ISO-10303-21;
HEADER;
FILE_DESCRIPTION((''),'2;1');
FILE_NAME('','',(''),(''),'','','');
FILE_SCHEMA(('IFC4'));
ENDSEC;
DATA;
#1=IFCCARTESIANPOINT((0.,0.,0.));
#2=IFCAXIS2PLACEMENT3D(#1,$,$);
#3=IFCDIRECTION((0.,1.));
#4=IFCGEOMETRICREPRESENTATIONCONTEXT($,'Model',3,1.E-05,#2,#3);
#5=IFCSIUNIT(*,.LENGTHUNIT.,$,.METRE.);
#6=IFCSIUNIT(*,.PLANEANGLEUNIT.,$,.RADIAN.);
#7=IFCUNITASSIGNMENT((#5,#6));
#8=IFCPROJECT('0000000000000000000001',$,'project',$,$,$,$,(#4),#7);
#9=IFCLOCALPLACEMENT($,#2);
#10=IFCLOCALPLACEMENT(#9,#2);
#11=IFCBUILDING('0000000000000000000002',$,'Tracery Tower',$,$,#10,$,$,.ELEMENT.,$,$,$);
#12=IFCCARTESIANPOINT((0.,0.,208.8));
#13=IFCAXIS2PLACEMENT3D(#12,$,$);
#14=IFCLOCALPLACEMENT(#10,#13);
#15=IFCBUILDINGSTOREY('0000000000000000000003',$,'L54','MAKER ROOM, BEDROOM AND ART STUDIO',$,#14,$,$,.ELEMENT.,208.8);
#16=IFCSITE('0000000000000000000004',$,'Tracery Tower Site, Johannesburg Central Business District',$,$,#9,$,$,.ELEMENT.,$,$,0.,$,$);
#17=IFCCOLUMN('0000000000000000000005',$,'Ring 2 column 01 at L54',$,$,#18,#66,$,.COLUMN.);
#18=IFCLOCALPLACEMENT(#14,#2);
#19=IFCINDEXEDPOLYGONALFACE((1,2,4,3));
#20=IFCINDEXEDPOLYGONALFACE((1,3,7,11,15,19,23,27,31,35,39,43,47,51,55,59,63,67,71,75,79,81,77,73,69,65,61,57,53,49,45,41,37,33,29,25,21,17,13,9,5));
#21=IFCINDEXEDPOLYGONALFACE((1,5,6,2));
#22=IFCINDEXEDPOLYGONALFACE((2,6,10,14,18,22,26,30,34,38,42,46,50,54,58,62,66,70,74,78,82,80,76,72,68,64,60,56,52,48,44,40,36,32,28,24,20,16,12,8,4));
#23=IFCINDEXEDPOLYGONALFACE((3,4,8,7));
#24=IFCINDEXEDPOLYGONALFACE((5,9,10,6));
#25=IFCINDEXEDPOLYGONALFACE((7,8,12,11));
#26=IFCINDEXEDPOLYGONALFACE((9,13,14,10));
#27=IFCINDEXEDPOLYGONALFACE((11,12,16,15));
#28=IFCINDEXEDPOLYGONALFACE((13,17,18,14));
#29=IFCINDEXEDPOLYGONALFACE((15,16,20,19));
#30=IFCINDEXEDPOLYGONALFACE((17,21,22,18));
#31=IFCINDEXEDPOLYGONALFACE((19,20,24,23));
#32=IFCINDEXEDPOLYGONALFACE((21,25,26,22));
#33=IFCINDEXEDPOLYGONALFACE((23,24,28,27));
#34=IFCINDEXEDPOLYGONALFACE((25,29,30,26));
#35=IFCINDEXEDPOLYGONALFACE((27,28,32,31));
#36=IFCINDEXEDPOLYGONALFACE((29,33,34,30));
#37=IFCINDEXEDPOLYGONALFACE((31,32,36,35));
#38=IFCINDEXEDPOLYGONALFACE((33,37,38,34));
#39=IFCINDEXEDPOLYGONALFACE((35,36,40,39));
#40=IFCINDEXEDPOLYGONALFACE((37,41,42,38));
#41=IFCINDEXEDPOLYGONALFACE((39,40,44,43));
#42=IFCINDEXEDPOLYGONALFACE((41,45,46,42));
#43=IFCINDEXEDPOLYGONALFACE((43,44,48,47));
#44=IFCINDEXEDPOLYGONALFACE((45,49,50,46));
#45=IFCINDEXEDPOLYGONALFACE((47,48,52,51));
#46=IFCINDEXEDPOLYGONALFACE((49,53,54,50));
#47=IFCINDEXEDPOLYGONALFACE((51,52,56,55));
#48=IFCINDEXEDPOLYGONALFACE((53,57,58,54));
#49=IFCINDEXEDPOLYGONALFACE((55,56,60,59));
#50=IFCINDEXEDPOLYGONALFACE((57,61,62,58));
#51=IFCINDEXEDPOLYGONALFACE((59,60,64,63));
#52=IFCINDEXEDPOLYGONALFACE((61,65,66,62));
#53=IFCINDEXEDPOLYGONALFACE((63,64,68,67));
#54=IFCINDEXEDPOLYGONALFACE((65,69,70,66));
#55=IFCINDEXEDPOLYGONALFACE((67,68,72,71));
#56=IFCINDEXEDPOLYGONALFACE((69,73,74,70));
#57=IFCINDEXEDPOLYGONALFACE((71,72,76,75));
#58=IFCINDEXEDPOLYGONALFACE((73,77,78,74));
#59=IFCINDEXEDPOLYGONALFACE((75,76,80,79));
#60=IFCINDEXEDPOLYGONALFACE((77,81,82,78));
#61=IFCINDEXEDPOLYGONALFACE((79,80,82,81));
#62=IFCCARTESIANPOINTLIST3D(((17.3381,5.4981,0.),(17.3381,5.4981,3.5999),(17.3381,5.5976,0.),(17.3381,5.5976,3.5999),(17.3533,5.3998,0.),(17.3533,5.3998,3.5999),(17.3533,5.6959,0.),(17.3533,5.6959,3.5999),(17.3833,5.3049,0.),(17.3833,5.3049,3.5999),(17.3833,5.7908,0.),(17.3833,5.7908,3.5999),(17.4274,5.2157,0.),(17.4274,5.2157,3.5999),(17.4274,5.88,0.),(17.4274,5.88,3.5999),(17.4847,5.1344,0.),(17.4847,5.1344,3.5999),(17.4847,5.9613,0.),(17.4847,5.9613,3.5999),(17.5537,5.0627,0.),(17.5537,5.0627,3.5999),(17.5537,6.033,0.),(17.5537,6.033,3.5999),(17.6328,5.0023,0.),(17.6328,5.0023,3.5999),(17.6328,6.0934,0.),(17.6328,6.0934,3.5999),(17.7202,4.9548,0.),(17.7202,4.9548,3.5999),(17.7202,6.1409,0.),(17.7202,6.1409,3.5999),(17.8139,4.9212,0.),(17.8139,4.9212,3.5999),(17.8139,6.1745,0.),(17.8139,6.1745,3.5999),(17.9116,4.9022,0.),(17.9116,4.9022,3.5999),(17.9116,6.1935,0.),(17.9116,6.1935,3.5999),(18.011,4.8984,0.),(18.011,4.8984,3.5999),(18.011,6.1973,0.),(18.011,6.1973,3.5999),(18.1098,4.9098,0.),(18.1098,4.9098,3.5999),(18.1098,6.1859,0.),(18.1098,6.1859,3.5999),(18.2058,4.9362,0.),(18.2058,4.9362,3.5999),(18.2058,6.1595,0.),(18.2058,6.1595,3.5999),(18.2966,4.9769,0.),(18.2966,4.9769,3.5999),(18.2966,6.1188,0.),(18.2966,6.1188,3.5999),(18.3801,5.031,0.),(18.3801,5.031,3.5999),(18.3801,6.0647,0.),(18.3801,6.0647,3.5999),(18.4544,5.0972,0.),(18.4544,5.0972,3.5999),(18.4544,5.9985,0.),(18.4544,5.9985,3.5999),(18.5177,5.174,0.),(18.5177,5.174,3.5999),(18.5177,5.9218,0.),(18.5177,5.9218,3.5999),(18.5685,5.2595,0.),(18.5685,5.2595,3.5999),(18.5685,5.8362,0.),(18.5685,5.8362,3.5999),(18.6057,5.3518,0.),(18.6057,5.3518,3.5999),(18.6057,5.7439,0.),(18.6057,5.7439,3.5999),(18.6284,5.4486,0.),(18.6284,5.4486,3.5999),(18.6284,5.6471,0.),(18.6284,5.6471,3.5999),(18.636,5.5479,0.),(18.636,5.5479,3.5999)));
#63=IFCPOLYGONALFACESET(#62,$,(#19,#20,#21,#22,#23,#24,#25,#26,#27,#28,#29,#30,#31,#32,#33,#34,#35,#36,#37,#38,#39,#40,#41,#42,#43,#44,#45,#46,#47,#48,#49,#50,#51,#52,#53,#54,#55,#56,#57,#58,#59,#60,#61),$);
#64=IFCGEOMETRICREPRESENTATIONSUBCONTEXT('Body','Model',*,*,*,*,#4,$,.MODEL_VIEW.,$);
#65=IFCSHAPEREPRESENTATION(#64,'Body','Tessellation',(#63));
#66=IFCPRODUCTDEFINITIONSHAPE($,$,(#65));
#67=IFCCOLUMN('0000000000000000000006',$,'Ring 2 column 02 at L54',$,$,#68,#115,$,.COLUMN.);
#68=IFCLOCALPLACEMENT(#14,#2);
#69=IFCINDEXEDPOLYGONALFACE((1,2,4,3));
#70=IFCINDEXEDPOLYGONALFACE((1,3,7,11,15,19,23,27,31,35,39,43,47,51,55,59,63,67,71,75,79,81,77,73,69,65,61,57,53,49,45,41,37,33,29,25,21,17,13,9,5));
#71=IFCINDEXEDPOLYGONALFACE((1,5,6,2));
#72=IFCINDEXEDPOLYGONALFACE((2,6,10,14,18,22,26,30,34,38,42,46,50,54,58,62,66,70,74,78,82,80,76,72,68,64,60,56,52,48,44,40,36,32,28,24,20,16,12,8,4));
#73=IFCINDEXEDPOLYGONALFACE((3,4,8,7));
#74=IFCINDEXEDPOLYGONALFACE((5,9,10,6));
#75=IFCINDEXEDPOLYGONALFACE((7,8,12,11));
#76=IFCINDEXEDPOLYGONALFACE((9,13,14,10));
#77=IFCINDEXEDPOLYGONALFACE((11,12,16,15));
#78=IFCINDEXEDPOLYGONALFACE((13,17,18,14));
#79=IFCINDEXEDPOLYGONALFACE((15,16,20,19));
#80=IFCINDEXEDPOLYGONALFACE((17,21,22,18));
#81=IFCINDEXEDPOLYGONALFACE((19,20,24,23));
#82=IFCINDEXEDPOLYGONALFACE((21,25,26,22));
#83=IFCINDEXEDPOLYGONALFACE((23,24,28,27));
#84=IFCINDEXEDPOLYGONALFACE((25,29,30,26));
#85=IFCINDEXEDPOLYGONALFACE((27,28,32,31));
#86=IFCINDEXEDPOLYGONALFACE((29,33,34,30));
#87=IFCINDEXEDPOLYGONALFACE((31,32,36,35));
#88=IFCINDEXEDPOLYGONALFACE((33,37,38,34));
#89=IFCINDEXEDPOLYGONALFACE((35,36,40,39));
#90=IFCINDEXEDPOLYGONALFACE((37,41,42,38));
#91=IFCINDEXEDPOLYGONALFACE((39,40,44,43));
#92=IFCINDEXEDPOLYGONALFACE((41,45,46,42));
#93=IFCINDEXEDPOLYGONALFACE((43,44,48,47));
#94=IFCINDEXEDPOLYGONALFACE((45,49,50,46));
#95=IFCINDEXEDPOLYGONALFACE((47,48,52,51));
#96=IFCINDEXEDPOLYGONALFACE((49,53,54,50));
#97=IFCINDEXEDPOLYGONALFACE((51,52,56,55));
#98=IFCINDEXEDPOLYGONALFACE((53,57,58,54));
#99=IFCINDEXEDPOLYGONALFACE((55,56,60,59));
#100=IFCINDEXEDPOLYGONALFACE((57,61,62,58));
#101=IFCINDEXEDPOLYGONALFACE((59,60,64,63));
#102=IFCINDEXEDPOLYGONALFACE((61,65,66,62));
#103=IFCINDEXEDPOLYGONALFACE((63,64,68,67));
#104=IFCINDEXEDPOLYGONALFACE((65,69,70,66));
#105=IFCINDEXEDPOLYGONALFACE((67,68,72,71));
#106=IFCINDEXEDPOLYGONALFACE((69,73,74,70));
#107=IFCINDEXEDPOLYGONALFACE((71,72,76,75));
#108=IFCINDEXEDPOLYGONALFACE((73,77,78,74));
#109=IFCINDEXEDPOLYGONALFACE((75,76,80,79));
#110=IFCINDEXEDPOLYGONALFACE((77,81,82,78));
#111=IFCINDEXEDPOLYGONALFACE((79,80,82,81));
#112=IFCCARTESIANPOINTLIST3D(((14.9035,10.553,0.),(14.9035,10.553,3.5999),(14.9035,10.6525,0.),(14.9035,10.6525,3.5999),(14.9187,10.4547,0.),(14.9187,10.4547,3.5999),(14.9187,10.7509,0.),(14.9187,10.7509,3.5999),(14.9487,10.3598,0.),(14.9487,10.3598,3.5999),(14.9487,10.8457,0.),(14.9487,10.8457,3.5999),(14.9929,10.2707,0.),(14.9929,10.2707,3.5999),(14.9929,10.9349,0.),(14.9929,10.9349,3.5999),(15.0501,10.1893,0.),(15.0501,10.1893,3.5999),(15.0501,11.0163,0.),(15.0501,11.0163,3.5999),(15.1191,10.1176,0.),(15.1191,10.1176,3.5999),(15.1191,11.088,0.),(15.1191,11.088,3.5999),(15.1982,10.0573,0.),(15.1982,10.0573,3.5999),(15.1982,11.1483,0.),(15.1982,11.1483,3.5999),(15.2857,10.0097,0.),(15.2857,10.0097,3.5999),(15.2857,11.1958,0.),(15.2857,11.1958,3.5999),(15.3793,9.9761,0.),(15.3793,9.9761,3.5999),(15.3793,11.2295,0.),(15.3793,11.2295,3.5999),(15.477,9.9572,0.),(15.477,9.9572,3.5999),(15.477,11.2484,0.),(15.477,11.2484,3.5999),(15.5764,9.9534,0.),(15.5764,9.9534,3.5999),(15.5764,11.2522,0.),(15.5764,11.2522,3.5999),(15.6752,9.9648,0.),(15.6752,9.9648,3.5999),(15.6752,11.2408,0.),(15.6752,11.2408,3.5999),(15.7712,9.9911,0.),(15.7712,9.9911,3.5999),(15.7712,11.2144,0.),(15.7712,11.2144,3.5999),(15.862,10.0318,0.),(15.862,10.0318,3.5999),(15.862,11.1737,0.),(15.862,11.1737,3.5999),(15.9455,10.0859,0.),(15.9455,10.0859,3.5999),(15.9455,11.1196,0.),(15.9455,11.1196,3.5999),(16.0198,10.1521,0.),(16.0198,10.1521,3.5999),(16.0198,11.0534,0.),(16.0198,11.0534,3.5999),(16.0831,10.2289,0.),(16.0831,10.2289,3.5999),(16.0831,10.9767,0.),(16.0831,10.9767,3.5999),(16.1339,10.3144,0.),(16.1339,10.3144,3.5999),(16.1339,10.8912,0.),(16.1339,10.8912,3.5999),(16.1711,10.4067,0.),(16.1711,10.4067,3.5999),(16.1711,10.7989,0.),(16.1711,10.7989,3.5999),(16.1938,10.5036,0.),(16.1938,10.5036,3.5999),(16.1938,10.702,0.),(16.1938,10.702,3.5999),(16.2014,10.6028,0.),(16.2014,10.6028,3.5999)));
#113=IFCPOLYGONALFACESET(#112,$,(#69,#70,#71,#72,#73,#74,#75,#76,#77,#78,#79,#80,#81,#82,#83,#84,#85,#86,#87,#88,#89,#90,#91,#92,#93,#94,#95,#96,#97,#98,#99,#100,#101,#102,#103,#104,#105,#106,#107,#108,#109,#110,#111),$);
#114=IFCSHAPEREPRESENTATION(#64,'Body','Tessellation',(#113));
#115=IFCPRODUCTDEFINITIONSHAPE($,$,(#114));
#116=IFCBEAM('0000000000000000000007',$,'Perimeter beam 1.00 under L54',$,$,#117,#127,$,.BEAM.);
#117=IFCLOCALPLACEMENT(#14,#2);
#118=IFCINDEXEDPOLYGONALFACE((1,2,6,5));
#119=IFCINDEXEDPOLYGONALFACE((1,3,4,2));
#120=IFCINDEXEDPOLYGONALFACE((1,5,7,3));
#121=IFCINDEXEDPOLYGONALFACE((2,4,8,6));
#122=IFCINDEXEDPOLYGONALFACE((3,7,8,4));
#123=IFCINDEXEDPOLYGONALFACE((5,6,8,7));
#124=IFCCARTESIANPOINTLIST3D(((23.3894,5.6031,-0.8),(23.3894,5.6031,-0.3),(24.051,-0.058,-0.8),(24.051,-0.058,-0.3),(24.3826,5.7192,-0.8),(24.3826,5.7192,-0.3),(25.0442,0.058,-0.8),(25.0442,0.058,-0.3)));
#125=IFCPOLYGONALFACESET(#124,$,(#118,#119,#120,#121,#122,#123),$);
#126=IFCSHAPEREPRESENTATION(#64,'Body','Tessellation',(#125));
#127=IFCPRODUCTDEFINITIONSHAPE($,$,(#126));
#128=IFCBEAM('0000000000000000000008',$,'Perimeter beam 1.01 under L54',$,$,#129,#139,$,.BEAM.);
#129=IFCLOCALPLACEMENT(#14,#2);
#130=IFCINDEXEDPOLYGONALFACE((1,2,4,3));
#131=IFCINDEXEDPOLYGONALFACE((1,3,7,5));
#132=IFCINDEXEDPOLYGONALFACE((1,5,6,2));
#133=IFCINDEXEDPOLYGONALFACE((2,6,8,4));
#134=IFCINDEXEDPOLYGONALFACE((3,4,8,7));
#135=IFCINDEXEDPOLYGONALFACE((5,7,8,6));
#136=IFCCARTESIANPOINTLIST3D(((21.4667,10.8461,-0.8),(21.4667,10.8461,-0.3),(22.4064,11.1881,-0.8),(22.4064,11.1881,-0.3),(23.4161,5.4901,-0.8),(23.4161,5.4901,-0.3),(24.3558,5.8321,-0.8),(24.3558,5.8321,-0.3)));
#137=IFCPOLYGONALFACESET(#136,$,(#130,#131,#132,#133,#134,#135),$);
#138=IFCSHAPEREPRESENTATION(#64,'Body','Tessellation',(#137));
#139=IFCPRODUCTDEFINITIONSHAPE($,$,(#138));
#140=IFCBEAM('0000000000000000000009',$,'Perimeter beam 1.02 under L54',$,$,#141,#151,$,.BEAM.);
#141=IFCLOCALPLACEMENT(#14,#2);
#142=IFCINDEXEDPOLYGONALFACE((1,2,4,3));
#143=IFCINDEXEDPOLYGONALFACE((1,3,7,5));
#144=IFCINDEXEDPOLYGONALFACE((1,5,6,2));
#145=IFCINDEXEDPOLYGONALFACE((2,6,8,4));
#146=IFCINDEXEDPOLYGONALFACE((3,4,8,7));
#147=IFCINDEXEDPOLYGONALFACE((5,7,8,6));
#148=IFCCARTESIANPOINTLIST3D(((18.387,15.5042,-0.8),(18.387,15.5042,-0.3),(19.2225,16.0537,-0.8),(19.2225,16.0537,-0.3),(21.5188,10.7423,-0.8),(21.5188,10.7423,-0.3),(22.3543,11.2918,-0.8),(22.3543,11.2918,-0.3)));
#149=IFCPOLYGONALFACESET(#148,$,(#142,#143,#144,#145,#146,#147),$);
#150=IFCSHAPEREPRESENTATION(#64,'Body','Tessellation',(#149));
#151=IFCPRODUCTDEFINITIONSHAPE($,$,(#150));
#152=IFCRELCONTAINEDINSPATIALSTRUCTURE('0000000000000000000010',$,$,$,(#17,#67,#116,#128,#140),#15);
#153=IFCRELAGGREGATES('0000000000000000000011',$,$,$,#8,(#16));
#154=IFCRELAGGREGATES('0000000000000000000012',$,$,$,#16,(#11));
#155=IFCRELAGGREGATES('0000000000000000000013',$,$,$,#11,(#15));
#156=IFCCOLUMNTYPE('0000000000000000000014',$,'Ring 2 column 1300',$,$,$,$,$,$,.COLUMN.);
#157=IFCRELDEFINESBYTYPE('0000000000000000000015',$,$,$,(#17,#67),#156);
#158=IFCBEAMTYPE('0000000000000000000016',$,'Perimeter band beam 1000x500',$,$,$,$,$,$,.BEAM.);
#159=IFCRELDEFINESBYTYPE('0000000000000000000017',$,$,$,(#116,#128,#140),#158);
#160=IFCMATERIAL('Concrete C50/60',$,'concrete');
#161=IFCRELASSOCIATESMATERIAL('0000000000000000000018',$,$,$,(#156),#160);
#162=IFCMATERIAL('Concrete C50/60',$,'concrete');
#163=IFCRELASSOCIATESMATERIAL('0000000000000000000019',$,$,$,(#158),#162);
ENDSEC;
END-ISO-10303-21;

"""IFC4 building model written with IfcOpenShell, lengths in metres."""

from ifc_helpers import new_model, si_unit, direction, frame, origin, origin_2d, place, context, subcontext, project, spatial, rectangle, circle, extrude, material, material_profile, profile_set, type_object, element, save


model = new_model("IFC4")

# Units and contexts
model_context = context("Model", 3, precision=1e-05, world=origin(), true_north=direction((0.0, 1.0)))
body_context = subcontext(model_context, "Body", "Model", "MODEL_VIEW")
ifc_project = project(units=[si_unit("LENGTHUNIT", "METRE"), si_unit("PLANEANGLEUNIT", "RADIAN")], contexts=[model_context])

# Site, building, storey
site_placement = place(None, origin())
site = spatial("IfcSite", under=ifc_project, at=site_placement, Name="Tracery Tower Site, Johannesburg Central Business District", CompositionType="ELEMENT", RefElevation=0.0)
building_placement = place(site_placement, origin())
building = spatial("IfcBuilding", under=site, at=building_placement, Name="Tracery Tower", CompositionType="ELEMENT")
storey_placement = place(building_placement, frame((0.0, 0.0, 208.8)))
storey = spatial("IfcBuildingStorey", under=building, at=storey_placement, Name="L54", Description="MAKER ROOM, BEDROOM AND ART STUDIO", CompositionType="ELEMENT", Elevation=208.8)

# Columns
ifc_material_1 = material(Name="Concrete C50/60", Category="concrete")
ifc_material_profile_1 = material_profile(ifc_material_1, circle(Radius=0.6499, at=origin_2d()), Name="RC D1300")
ifc_profile_set_1 = profile_set([ifc_material_profile_1], Name="Concrete C50/60")
column_type_1 = type_object("IfcColumnType", Name="Ring 2 column 1300", PredefinedType="COLUMN", material=ifc_profile_set_1)
for number, where, z_axis, x_axis, name in (
    (1, (17.9861, 5.5479, 0.0), (0.0, 0.0, 1.0), (1.0, 0.0, 0.0), "Ring 2 column 01 at L54"),
    (2, (15.5515, 10.6028, 0.0), (0.0, 0.0, 1.0), (1.0, 0.0, 0.0), "Ring 2 column 02 at L54"),
):
    element("IfcColumn", number, at=place(storey_placement, frame(where, z_axis=z_axis, x_axis=x_axis)), inside=storey, type_object=column_type_1, Name=name, PredefinedType="COLUMN", context=body_context, shape_type="SweptSolid", body=[
        extrude(circle(Radius=0.6499, at=origin_2d()), origin(), (0.0, 0.0, 1.0), 3.5999),
    ])

# Beams
ifc_material_2 = material(Name="Concrete C50/60", Category="concrete")
ifc_material_profile_2 = material_profile(ifc_material_2, rectangle(XDim=1.0, YDim=0.5, at=origin_2d()), Name="RC 1000x500")
ifc_profile_set_2 = profile_set([ifc_material_profile_2], Name="Concrete C50/60")
beam_type = type_object("IfcBeamType", Name="Perimeter band beam 1000x500", PredefinedType="BEAM", material=ifc_profile_set_2)
for number, where, z_axis, x_axis, name in (
    (3, (24.5476, 0.0, -0.55), (-0.116081, 0.99324, 0.0), (-0.99324, -0.116081, 0.0), "Perimeter beam 1.00 under L54"),
    (4, (23.886, 5.6611, -0.55), (-0.342029, 0.93969, 0.0), (-0.93969, -0.342029, 0.0), "Perimeter beam 1.01 under L54"),
):
    element("IfcBeam", number, at=place(storey_placement, frame(where, z_axis=z_axis, x_axis=x_axis)), inside=storey, type_object=beam_type, Name=name, PredefinedType="BEAM", context=body_context, shape_type="SweptSolid", body=[
        extrude(rectangle(XDim=1.0, YDim=0.5, at=origin_2d()), origin(), (0.0, 0.0, 1.0), 5.6997),
    ])
beam_placement = place(storey_placement, frame((21.9365, 11.0171, -0.55), z_axis=(-0.54949, 0.8355, 0.0), x_axis=(-0.8355, -0.54949, 0.0)))
element("IfcBeam", 5, at=beam_placement, inside=storey, type_object=beam_type, Name="Perimeter beam 1.02 under L54", PredefinedType="BEAM", context=body_context, shape_type="SweptSolid", body=[
    extrude(rectangle(XDim=1.0, YDim=0.5, at=origin_2d()), origin(), (0.0, 0.0, 1.0), 5.6995),
])

save(model, "model.ifc")
